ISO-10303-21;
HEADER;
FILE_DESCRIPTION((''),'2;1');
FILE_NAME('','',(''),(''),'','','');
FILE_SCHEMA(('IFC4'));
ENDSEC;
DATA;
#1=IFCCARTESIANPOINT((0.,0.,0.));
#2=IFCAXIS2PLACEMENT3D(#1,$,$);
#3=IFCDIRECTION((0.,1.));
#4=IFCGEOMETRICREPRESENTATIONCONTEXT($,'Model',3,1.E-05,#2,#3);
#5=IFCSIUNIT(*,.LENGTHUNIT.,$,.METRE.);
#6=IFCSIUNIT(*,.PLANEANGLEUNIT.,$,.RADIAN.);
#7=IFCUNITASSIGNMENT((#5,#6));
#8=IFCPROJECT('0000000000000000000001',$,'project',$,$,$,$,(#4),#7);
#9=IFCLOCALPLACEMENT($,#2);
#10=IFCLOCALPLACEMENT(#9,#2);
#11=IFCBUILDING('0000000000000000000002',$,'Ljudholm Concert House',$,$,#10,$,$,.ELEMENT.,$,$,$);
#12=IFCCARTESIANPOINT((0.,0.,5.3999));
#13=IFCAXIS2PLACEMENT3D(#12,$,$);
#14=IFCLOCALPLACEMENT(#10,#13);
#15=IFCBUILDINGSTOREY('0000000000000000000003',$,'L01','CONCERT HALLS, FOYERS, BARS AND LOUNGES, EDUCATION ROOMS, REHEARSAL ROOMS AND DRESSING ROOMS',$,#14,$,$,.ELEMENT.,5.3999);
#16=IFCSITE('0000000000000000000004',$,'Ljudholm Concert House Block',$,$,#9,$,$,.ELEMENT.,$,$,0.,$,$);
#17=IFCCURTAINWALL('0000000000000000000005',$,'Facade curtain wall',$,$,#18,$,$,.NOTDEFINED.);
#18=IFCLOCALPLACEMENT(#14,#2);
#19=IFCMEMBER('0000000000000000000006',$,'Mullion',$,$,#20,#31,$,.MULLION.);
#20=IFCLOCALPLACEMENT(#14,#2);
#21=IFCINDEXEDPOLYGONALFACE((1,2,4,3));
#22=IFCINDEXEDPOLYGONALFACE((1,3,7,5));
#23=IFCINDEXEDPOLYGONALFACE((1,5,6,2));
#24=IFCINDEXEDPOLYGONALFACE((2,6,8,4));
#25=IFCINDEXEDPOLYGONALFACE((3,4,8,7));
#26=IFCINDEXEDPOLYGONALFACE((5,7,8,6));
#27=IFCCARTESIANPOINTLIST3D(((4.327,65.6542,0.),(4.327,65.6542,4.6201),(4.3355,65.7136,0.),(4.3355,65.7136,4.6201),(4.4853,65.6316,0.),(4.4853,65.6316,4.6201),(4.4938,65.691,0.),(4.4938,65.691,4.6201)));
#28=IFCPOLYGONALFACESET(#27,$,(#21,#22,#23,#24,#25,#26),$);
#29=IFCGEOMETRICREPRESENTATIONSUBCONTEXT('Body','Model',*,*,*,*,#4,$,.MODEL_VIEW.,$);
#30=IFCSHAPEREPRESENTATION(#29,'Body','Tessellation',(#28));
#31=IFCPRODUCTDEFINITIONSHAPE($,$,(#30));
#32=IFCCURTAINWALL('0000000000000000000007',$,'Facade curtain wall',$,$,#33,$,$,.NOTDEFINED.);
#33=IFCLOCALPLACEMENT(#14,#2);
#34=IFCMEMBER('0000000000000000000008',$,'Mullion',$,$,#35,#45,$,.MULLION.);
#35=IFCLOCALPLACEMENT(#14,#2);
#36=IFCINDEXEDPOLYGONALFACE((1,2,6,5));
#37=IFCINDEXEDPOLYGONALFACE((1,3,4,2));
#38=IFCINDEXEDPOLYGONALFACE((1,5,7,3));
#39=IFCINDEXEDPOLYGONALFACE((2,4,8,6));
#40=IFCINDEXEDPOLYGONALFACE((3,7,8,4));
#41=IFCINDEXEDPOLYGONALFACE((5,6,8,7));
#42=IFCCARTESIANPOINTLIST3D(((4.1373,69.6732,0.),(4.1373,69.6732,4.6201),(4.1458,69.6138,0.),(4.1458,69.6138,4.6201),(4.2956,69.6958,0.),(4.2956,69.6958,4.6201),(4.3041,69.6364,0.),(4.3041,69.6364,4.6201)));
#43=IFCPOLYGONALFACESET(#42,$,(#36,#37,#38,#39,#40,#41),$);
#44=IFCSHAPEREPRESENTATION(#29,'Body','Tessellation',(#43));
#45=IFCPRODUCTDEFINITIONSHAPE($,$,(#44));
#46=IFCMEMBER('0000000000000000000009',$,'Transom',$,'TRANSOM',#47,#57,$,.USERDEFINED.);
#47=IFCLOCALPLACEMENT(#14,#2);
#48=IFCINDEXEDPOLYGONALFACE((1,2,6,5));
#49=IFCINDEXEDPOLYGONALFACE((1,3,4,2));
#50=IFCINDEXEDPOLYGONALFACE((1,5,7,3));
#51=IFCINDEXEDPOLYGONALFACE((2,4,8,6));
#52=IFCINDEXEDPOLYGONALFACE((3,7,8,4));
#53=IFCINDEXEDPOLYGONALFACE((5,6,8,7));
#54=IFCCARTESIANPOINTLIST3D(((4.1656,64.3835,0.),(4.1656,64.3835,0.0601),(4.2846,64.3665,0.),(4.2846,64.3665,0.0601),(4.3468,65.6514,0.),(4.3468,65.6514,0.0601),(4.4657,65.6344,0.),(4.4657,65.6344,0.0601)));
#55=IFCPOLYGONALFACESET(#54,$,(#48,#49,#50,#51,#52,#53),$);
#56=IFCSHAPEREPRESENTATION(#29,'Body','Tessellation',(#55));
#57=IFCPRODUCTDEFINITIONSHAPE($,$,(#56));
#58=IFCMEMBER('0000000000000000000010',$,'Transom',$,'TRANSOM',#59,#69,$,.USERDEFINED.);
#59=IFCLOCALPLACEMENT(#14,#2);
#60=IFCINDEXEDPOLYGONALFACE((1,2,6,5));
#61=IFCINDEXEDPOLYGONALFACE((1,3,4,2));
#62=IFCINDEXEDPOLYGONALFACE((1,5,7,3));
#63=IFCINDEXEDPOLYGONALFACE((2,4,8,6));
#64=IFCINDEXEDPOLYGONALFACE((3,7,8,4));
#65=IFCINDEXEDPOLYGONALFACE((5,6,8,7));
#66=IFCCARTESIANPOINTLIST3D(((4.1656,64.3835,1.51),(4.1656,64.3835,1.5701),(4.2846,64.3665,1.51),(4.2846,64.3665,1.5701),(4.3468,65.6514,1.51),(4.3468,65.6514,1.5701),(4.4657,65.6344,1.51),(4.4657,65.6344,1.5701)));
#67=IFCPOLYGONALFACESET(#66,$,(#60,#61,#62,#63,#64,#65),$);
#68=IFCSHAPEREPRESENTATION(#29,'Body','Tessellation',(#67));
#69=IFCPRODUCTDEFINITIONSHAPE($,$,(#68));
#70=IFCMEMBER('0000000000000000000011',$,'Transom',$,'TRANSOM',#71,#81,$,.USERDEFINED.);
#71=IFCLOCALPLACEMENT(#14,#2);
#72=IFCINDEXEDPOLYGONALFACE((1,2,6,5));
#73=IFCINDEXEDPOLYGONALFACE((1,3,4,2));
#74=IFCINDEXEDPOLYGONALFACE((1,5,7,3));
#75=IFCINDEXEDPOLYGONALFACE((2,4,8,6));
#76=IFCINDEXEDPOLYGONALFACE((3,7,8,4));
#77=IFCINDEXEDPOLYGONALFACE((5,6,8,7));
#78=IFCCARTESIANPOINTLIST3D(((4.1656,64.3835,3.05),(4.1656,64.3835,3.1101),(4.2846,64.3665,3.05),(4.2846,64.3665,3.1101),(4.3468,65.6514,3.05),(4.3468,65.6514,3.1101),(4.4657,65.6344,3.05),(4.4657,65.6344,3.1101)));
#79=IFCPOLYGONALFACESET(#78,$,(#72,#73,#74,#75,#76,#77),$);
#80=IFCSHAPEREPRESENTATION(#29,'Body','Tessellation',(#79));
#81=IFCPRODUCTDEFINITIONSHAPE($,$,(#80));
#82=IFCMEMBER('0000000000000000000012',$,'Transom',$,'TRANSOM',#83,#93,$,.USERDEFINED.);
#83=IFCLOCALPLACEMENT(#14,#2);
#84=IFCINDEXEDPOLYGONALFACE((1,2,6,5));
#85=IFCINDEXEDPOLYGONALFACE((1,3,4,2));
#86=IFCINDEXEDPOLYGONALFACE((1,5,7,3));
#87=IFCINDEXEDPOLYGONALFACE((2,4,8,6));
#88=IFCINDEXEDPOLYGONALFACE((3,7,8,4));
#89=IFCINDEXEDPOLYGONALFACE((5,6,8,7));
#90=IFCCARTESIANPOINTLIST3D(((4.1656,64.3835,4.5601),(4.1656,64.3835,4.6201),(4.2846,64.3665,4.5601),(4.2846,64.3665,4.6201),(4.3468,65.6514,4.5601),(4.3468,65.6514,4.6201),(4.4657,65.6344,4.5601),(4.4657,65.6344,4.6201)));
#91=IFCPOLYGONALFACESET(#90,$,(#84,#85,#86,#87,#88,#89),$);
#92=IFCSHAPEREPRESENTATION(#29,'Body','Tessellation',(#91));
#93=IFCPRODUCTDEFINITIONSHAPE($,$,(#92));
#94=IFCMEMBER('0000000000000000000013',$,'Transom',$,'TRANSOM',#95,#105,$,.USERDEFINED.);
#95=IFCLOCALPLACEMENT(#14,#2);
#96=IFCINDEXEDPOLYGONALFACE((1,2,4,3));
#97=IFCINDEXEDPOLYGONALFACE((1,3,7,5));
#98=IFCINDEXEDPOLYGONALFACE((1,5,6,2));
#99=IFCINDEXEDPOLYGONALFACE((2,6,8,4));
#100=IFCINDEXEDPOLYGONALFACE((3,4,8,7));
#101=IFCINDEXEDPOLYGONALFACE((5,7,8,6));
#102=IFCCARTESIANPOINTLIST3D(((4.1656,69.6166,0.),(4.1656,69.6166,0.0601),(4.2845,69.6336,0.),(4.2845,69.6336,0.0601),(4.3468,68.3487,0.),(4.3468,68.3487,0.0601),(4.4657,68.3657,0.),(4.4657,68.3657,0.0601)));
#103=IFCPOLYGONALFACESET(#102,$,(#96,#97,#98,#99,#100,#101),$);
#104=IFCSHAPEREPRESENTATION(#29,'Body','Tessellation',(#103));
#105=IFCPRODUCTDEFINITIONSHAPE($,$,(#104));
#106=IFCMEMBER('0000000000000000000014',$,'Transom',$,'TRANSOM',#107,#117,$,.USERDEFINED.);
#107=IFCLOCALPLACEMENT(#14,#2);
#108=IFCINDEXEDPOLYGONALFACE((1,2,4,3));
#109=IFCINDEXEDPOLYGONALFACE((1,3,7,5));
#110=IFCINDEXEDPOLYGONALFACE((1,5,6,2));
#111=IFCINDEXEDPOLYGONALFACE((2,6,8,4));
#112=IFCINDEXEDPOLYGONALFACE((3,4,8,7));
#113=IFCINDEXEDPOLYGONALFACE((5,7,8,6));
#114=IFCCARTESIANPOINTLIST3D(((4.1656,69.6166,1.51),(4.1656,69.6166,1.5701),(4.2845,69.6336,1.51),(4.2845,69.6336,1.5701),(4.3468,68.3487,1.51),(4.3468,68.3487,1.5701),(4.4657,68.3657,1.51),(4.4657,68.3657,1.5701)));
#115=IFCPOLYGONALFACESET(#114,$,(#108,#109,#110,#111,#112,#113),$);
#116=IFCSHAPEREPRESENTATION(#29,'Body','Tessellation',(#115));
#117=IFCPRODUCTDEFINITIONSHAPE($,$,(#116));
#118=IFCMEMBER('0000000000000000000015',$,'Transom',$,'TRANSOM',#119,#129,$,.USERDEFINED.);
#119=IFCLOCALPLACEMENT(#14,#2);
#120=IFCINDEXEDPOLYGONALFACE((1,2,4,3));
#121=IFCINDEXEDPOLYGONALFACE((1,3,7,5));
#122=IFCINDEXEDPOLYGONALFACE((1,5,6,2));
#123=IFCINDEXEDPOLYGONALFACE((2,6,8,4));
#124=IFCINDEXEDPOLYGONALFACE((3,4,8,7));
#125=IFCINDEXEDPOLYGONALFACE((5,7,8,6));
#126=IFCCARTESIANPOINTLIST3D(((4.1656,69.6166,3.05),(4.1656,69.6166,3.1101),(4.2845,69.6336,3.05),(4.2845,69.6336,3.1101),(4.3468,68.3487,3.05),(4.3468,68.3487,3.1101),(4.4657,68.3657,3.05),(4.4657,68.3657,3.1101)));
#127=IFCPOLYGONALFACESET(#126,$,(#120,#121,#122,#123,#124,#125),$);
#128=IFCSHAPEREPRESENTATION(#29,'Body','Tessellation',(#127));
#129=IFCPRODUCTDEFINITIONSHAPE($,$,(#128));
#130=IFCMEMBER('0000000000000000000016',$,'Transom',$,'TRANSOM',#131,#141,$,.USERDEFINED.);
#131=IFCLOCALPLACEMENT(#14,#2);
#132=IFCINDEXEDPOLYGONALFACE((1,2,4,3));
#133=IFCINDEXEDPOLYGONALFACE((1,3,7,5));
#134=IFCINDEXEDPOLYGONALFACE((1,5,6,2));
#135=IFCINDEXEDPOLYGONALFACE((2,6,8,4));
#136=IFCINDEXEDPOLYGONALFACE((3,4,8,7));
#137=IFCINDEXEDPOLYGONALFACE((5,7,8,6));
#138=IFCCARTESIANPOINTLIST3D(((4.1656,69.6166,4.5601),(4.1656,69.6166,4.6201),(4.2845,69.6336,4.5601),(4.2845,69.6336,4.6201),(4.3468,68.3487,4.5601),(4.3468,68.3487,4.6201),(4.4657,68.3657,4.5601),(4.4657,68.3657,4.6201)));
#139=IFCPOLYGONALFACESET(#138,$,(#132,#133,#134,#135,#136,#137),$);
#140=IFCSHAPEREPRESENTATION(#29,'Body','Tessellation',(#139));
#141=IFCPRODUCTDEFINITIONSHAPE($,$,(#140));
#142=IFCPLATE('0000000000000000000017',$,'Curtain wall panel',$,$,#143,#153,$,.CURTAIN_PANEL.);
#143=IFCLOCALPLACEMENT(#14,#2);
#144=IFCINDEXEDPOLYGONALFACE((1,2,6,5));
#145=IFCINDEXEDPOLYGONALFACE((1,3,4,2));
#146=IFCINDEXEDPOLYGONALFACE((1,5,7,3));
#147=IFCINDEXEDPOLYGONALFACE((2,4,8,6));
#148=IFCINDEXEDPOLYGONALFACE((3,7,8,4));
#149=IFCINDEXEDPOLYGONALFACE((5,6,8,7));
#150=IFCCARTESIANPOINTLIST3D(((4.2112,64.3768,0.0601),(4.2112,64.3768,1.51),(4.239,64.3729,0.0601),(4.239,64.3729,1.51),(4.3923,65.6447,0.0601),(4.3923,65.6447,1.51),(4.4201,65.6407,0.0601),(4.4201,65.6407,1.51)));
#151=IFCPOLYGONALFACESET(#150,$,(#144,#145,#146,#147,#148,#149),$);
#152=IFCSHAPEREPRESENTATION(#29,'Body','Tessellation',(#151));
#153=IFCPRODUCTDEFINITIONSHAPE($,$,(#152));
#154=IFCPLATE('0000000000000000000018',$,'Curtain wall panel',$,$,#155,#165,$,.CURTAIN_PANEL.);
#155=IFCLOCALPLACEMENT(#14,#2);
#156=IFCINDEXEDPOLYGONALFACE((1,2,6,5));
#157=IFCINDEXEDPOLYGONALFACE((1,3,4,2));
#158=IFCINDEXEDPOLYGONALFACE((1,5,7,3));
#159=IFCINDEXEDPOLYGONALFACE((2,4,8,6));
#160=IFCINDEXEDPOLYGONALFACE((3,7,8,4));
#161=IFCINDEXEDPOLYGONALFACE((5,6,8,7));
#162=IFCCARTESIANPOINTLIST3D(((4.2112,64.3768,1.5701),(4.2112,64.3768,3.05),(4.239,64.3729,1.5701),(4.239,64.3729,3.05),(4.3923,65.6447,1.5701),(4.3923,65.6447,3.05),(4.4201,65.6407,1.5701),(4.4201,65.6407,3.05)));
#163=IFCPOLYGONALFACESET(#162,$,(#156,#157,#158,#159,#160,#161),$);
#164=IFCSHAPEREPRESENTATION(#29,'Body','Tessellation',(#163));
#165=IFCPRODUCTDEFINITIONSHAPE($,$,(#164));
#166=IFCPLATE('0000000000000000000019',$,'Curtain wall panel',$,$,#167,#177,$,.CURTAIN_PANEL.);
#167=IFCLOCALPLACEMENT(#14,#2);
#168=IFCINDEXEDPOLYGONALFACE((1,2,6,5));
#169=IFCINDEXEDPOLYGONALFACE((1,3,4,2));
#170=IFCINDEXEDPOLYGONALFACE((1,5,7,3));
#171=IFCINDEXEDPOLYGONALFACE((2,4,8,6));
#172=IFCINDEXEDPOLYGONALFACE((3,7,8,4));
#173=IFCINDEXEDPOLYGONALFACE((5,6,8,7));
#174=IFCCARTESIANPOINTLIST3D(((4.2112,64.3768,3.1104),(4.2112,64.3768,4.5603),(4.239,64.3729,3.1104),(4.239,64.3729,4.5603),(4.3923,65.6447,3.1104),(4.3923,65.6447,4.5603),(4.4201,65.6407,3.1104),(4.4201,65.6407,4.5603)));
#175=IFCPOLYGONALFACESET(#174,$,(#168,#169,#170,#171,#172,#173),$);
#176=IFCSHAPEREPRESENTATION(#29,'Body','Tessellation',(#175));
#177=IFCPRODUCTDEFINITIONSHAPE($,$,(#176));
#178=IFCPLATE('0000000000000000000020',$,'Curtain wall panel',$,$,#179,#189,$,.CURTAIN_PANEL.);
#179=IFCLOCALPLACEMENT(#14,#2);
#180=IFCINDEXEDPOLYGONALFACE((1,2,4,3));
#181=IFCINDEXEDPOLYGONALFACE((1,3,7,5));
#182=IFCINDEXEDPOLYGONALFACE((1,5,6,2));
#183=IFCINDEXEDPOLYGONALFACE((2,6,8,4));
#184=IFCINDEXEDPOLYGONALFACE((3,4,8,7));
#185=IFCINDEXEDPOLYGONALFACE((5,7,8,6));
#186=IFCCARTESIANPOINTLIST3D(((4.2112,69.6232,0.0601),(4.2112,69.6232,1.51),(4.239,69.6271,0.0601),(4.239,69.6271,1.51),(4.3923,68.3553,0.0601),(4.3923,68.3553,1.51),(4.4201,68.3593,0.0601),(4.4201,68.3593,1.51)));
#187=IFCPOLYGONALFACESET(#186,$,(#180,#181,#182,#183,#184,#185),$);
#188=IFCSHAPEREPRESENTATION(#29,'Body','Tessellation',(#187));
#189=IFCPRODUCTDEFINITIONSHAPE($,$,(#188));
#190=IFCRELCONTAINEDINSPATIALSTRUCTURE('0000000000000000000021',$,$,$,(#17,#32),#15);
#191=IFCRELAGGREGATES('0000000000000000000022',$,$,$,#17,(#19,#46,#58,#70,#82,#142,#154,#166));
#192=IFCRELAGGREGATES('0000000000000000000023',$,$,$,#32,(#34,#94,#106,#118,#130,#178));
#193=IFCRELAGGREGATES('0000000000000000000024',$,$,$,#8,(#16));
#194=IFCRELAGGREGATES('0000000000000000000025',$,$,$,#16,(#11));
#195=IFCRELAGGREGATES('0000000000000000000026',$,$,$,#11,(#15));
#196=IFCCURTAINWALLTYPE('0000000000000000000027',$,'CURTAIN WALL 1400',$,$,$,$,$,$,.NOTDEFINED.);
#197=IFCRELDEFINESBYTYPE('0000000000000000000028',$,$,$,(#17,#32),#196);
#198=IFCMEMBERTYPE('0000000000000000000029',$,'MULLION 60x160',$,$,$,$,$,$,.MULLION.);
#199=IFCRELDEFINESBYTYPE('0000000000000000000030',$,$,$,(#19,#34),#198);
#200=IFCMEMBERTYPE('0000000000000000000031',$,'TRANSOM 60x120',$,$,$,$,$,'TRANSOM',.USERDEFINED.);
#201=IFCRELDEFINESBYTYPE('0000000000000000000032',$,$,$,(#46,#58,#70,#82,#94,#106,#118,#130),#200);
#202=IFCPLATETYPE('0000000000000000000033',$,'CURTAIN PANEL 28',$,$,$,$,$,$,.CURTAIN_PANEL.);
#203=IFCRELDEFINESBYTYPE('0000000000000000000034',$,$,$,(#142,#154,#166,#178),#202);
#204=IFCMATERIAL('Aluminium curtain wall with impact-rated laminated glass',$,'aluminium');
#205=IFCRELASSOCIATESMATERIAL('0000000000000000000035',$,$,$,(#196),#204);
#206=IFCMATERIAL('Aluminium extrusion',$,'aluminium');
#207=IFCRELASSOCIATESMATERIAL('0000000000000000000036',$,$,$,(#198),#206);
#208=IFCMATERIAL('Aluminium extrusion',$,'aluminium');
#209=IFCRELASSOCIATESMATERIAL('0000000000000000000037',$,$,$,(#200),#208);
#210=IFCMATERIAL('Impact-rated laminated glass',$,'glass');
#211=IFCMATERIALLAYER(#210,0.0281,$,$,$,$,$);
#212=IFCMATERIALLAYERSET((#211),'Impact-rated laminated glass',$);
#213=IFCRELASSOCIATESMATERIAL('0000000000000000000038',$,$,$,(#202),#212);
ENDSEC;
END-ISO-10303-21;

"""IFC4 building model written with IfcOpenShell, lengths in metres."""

from ifc_helpers import new_model, si_unit, direction, frame, origin, origin_2d, place, context, subcontext, project, spatial, rectangle, extrude, material, layer, layer_set, material_profile, profile_set, type_object, element, aggregate, save


model = new_model("IFC4")

# Units and contexts
model_context = context("Model", 3, precision=1e-05, world=origin(), true_north=direction((0.0, 1.0)))
body_context = subcontext(model_context, "Body", "Model", "MODEL_VIEW")
ifc_project = project(units=[si_unit("LENGTHUNIT", "METRE"), si_unit("PLANEANGLEUNIT", "RADIAN")], contexts=[model_context])

# Site, building, storey
site_placement = place(None, origin())
site = spatial("IfcSite", under=ifc_project, at=site_placement, Name="Ljudholm Concert House Block", CompositionType="ELEMENT", RefElevation=0.0)
building_placement = place(site_placement, origin())
building = spatial("IfcBuilding", under=site, at=building_placement, Name="Ljudholm Concert House", CompositionType="ELEMENT")
storey_placement = place(building_placement, frame((0.0, 0.0, 5.3999)))
storey = spatial("IfcBuildingStorey", under=building, at=storey_placement, Name="L01", Description="CONCERT HALLS, FOYERS, BARS AND LOUNGES, EDUCATION ROOMS, REHEARSAL ROOMS AND DRESSING ROOMS", CompositionType="ELEMENT", Elevation=5.3999)

# Curtain walls, members
ifc_material_1 = material(Name="Aluminium curtain wall with impact-rated laminated glass", Category="aluminium")
curtain_wall_type = type_object("IfcCurtainWallType", Name="CURTAIN WALL 1400", PredefinedType="NOTDEFINED", material=ifc_material_1)
curtain_wall_1_placement = place(storey_placement, origin())
curtain_wall_1 = element("IfcCurtainWall", 1, at=curtain_wall_1_placement, inside=storey, type_object=curtain_wall_type, Name="Facade curtain wall", PredefinedType="NOTDEFINED")
ifc_material_2 = material(Name="Aluminium extrusion", Category="aluminium")
ifc_material_profile_1 = material_profile(ifc_material_2, rectangle(XDim=0.1599, YDim=0.0601, at=origin_2d()), Name="MULLION 60x160")
ifc_profile_set_1 = profile_set([ifc_material_profile_1], Name="Aluminium extrusion")
member_type_1 = type_object("IfcMemberType", Name="MULLION 60x160", PredefinedType="MULLION", material=ifc_profile_set_1)
member_1_placement = place(storey_placement, frame((4.4104, 65.6726, 0.0), z_axis=(0.0, 0.0, 1.0), x_axis=(-0.989949, 0.141421, 0.0)))
member_1 = element("IfcMember", 2, at=member_1_placement, type_object=member_type_1, Name="Mullion", PredefinedType="MULLION", context=body_context, shape_type="SweptSolid", body=[
    extrude(rectangle(XDim=0.1599, YDim=0.0601, at=origin_2d()), origin(), (0.0, 0.0, 1.0), 4.6201),
])
curtain_wall_2_placement = place(storey_placement, origin())
curtain_wall_2 = element("IfcCurtainWall", 3, at=curtain_wall_2_placement, inside=storey, type_object=curtain_wall_type, Name="Facade curtain wall", PredefinedType="NOTDEFINED")
member_2_placement = place(storey_placement, frame((4.2207, 69.6548, 0.0), z_axis=(0.0, 0.0, 1.0), x_axis=(-0.989949, -0.141421, 0.0)))
member_2 = element("IfcMember", 4, at=member_2_placement, type_object=member_type_1, Name="Mullion", PredefinedType="MULLION", context=body_context, shape_type="SweptSolid", body=[
    extrude(rectangle(XDim=0.1599, YDim=0.0601, at=origin_2d()), origin(), (0.0, 0.0, 1.0), 4.6201),
])

# Members
ifc_material_3 = material(Name="Aluminium extrusion", Category="aluminium")
ifc_material_profile_2 = material_profile(ifc_material_3, rectangle(XDim=0.1201, YDim=0.0601, at=origin_2d()), Name="TRANSOM 60x120")
ifc_profile_set_2 = profile_set([ifc_material_profile_2], Name="Aluminium extrusion")
member_type_2 = type_object("IfcMemberType", Name="TRANSOM 60x120", ElementType="TRANSOM", PredefinedType="USERDEFINED", material=ifc_profile_set_2)
member_3_placement = place(storey_placement, frame((4.2251, 64.375, 0.03), z_axis=(0.141448, 0.989946, 0.0), x_axis=(-0.989946, 0.141448, 0.0)))
member_3 = element("IfcMember", 5, at=member_3_placement, type_object=member_type_2, Name="Transom", ObjectType="TRANSOM", PredefinedType="USERDEFINED", context=body_context, shape_type="SweptSolid", body=[
    extrude(rectangle(XDim=0.1201, YDim=0.0601, at=origin_2d()), origin(), (0.0, 0.0, 1.0), 1.2808),
])
member_4_placement = place(storey_placement, frame((4.2251, 64.375, 1.54), z_axis=(0.141448, 0.989946, 0.0), x_axis=(-0.989946, 0.141448, 0.0)))
member_4 = element("IfcMember", 6, at=member_4_placement, type_object=member_type_2, Name="Transom", ObjectType="TRANSOM", PredefinedType="USERDEFINED", context=body_context, shape_type="SweptSolid", body=[
    extrude(rectangle(XDim=0.1201, YDim=0.0601, at=origin_2d()), origin(), (0.0, 0.0, 1.0), 1.2808),
])
member_5_placement = place(storey_placement, frame((4.2251, 64.375, 3.0801), z_axis=(0.141448, 0.989946, 0.0), x_axis=(-0.989946, 0.141448, 0.0)))
member_5 = element("IfcMember", 7, at=member_5_placement, type_object=member_type_2, Name="Transom", ObjectType="TRANSOM", PredefinedType="USERDEFINED", context=body_context, shape_type="SweptSolid", body=[
    extrude(rectangle(XDim=0.1201, YDim=0.0601, at=origin_2d()), origin(), (0.0, 0.0, 1.0), 1.2808),
])
member_6_placement = place(storey_placement, frame((4.2251, 64.375, 4.5901), z_axis=(0.141448, 0.989946, 0.0), x_axis=(-0.989946, 0.141448, 0.0)))
member_6 = element("IfcMember", 8, at=member_6_placement, type_object=member_type_2, Name="Transom", ObjectType="TRANSOM", PredefinedType="USERDEFINED", context=body_context, shape_type="SweptSolid", body=[
    extrude(rectangle(XDim=0.1201, YDim=0.0601, at=origin_2d()), origin(), (0.0, 0.0, 1.0), 1.2808),
])
member_7_placement = place(storey_placement, frame((4.4062, 68.3572, 0.03), z_axis=(-0.141448, 0.989946, 0.0), x_axis=(-0.989946, -0.141448, 0.0)))
member_7 = element("IfcMember", 9, at=member_7_placement, type_object=member_type_2, Name="Transom", ObjectType="TRANSOM", PredefinedType="USERDEFINED", context=body_context, shape_type="SweptSolid", body=[
    extrude(rectangle(XDim=0.1201, YDim=0.0601, at=origin_2d()), origin(), (0.0, 0.0, 1.0), 1.2808),
])
member_8_placement = place(storey_placement, frame((4.4062, 68.3572, 1.54), z_axis=(-0.141448, 0.989946, 0.0), x_axis=(-0.989946, -0.141448, 0.0)))
member_8 = element("IfcMember", 10, at=member_8_placement, type_object=member_type_2, Name="Transom", ObjectType="TRANSOM", PredefinedType="USERDEFINED", context=body_context, shape_type="SweptSolid", body=[
    extrude(rectangle(XDim=0.1201, YDim=0.0601, at=origin_2d()), origin(), (0.0, 0.0, 1.0), 1.2808),
])
member_9_placement = place(storey_placement, frame((4.4062, 68.3572, 3.0801), z_axis=(-0.141448, 0.989946, 0.0), x_axis=(-0.989946, -0.141448, 0.0)))
member_9 = element("IfcMember", 11, at=member_9_placement, type_object=member_type_2, Name="Transom", ObjectType="TRANSOM", PredefinedType="USERDEFINED", context=body_context, shape_type="SweptSolid", body=[
    extrude(rectangle(XDim=0.1201, YDim=0.0601, at=origin_2d()), origin(), (0.0, 0.0, 1.0), 1.2808),
])
member_10_placement = place(storey_placement, frame((4.4062, 68.3572, 4.5901), z_axis=(-0.141448, 0.989946, 0.0), x_axis=(-0.989946, -0.141448, 0.0)))
member_10 = element("IfcMember", 12, at=member_10_placement, type_object=member_type_2, Name="Transom", ObjectType="TRANSOM", PredefinedType="USERDEFINED", context=body_context, shape_type="SweptSolid", body=[
    extrude(rectangle(XDim=0.1201, YDim=0.0601, at=origin_2d()), origin(), (0.0, 0.0, 1.0), 1.2808),
])

# Plates
ifc_material_4 = material(Name="Impact-rated laminated glass", Category="glass")
ifc_layer = layer(ifc_material_4, 0.0281)
ifc_layer_set = layer_set([ifc_layer], Name="Impact-rated laminated glass")
plate_type = type_object("IfcPlateType", Name="CURTAIN PANEL 28", PredefinedType="CURTAIN_PANEL", material=ifc_layer_set)
plate_1_placement = place(storey_placement, frame((4.3157, 65.0088, 0.0601), z_axis=(0.0, 0.0, 1.0), x_axis=(0.141421, 0.989949, 0.0)))
plate_1 = element("IfcPlate", 13, at=plate_1_placement, type_object=plate_type, Name="Curtain wall panel", PredefinedType="CURTAIN_PANEL", context=body_context, shape_type="SweptSolid", body=[
    extrude(rectangle(XDim=1.2808, YDim=0.0281, at=origin_2d()), origin(), (0.0, 0.0, 1.0), 1.45),
])
plate_2_placement = place(storey_placement, frame((4.3157, 65.0088, 1.5701), z_axis=(0.0, 0.0, 1.0), x_axis=(0.141421, 0.989949, 0.0)))
plate_2 = element("IfcPlate", 14, at=plate_2_placement, type_object=plate_type, Name="Curtain wall panel", PredefinedType="CURTAIN_PANEL", context=body_context, shape_type="SweptSolid", body=[
    extrude(rectangle(XDim=1.2808, YDim=0.0281, at=origin_2d()), origin(), (0.0, 0.0, 1.0), 1.48),
])
plate_3_placement = place(storey_placement, frame((4.3157, 65.0088, 3.1104), z_axis=(0.0, 0.0, 1.0), x_axis=(0.141421, 0.989949, 0.0)))
plate_3 = element("IfcPlate", 15, at=plate_3_placement, type_object=plate_type, Name="Curtain wall panel", PredefinedType="CURTAIN_PANEL", context=body_context, shape_type="SweptSolid", body=[
    extrude(rectangle(XDim=1.2808, YDim=0.0281, at=origin_2d()), origin(), (0.0, 0.0, 1.0), 1.45),
])
aggregate(curtain_wall_1, [member_1, member_3, member_4, member_5, member_6, plate_1, plate_2, plate_3])
plate_4_placement = place(storey_placement, frame((4.3157, 68.9912, 0.0601), z_axis=(0.0, 0.0, 1.0), x_axis=(-0.141421, 0.989949, 0.0)))
plate_4 = element("IfcPlate", 16, at=plate_4_placement, type_object=plate_type, Name="Curtain wall panel", PredefinedType="CURTAIN_PANEL", context=body_context, shape_type="SweptSolid", body=[
    extrude(rectangle(XDim=1.2808, YDim=0.0281, at=origin_2d()), origin(), (0.0, 0.0, 1.0), 1.45),
])
aggregate(curtain_wall_2, [member_2, member_7, member_8, member_9, member_10, plate_4])

save(model, "model.ifc")
